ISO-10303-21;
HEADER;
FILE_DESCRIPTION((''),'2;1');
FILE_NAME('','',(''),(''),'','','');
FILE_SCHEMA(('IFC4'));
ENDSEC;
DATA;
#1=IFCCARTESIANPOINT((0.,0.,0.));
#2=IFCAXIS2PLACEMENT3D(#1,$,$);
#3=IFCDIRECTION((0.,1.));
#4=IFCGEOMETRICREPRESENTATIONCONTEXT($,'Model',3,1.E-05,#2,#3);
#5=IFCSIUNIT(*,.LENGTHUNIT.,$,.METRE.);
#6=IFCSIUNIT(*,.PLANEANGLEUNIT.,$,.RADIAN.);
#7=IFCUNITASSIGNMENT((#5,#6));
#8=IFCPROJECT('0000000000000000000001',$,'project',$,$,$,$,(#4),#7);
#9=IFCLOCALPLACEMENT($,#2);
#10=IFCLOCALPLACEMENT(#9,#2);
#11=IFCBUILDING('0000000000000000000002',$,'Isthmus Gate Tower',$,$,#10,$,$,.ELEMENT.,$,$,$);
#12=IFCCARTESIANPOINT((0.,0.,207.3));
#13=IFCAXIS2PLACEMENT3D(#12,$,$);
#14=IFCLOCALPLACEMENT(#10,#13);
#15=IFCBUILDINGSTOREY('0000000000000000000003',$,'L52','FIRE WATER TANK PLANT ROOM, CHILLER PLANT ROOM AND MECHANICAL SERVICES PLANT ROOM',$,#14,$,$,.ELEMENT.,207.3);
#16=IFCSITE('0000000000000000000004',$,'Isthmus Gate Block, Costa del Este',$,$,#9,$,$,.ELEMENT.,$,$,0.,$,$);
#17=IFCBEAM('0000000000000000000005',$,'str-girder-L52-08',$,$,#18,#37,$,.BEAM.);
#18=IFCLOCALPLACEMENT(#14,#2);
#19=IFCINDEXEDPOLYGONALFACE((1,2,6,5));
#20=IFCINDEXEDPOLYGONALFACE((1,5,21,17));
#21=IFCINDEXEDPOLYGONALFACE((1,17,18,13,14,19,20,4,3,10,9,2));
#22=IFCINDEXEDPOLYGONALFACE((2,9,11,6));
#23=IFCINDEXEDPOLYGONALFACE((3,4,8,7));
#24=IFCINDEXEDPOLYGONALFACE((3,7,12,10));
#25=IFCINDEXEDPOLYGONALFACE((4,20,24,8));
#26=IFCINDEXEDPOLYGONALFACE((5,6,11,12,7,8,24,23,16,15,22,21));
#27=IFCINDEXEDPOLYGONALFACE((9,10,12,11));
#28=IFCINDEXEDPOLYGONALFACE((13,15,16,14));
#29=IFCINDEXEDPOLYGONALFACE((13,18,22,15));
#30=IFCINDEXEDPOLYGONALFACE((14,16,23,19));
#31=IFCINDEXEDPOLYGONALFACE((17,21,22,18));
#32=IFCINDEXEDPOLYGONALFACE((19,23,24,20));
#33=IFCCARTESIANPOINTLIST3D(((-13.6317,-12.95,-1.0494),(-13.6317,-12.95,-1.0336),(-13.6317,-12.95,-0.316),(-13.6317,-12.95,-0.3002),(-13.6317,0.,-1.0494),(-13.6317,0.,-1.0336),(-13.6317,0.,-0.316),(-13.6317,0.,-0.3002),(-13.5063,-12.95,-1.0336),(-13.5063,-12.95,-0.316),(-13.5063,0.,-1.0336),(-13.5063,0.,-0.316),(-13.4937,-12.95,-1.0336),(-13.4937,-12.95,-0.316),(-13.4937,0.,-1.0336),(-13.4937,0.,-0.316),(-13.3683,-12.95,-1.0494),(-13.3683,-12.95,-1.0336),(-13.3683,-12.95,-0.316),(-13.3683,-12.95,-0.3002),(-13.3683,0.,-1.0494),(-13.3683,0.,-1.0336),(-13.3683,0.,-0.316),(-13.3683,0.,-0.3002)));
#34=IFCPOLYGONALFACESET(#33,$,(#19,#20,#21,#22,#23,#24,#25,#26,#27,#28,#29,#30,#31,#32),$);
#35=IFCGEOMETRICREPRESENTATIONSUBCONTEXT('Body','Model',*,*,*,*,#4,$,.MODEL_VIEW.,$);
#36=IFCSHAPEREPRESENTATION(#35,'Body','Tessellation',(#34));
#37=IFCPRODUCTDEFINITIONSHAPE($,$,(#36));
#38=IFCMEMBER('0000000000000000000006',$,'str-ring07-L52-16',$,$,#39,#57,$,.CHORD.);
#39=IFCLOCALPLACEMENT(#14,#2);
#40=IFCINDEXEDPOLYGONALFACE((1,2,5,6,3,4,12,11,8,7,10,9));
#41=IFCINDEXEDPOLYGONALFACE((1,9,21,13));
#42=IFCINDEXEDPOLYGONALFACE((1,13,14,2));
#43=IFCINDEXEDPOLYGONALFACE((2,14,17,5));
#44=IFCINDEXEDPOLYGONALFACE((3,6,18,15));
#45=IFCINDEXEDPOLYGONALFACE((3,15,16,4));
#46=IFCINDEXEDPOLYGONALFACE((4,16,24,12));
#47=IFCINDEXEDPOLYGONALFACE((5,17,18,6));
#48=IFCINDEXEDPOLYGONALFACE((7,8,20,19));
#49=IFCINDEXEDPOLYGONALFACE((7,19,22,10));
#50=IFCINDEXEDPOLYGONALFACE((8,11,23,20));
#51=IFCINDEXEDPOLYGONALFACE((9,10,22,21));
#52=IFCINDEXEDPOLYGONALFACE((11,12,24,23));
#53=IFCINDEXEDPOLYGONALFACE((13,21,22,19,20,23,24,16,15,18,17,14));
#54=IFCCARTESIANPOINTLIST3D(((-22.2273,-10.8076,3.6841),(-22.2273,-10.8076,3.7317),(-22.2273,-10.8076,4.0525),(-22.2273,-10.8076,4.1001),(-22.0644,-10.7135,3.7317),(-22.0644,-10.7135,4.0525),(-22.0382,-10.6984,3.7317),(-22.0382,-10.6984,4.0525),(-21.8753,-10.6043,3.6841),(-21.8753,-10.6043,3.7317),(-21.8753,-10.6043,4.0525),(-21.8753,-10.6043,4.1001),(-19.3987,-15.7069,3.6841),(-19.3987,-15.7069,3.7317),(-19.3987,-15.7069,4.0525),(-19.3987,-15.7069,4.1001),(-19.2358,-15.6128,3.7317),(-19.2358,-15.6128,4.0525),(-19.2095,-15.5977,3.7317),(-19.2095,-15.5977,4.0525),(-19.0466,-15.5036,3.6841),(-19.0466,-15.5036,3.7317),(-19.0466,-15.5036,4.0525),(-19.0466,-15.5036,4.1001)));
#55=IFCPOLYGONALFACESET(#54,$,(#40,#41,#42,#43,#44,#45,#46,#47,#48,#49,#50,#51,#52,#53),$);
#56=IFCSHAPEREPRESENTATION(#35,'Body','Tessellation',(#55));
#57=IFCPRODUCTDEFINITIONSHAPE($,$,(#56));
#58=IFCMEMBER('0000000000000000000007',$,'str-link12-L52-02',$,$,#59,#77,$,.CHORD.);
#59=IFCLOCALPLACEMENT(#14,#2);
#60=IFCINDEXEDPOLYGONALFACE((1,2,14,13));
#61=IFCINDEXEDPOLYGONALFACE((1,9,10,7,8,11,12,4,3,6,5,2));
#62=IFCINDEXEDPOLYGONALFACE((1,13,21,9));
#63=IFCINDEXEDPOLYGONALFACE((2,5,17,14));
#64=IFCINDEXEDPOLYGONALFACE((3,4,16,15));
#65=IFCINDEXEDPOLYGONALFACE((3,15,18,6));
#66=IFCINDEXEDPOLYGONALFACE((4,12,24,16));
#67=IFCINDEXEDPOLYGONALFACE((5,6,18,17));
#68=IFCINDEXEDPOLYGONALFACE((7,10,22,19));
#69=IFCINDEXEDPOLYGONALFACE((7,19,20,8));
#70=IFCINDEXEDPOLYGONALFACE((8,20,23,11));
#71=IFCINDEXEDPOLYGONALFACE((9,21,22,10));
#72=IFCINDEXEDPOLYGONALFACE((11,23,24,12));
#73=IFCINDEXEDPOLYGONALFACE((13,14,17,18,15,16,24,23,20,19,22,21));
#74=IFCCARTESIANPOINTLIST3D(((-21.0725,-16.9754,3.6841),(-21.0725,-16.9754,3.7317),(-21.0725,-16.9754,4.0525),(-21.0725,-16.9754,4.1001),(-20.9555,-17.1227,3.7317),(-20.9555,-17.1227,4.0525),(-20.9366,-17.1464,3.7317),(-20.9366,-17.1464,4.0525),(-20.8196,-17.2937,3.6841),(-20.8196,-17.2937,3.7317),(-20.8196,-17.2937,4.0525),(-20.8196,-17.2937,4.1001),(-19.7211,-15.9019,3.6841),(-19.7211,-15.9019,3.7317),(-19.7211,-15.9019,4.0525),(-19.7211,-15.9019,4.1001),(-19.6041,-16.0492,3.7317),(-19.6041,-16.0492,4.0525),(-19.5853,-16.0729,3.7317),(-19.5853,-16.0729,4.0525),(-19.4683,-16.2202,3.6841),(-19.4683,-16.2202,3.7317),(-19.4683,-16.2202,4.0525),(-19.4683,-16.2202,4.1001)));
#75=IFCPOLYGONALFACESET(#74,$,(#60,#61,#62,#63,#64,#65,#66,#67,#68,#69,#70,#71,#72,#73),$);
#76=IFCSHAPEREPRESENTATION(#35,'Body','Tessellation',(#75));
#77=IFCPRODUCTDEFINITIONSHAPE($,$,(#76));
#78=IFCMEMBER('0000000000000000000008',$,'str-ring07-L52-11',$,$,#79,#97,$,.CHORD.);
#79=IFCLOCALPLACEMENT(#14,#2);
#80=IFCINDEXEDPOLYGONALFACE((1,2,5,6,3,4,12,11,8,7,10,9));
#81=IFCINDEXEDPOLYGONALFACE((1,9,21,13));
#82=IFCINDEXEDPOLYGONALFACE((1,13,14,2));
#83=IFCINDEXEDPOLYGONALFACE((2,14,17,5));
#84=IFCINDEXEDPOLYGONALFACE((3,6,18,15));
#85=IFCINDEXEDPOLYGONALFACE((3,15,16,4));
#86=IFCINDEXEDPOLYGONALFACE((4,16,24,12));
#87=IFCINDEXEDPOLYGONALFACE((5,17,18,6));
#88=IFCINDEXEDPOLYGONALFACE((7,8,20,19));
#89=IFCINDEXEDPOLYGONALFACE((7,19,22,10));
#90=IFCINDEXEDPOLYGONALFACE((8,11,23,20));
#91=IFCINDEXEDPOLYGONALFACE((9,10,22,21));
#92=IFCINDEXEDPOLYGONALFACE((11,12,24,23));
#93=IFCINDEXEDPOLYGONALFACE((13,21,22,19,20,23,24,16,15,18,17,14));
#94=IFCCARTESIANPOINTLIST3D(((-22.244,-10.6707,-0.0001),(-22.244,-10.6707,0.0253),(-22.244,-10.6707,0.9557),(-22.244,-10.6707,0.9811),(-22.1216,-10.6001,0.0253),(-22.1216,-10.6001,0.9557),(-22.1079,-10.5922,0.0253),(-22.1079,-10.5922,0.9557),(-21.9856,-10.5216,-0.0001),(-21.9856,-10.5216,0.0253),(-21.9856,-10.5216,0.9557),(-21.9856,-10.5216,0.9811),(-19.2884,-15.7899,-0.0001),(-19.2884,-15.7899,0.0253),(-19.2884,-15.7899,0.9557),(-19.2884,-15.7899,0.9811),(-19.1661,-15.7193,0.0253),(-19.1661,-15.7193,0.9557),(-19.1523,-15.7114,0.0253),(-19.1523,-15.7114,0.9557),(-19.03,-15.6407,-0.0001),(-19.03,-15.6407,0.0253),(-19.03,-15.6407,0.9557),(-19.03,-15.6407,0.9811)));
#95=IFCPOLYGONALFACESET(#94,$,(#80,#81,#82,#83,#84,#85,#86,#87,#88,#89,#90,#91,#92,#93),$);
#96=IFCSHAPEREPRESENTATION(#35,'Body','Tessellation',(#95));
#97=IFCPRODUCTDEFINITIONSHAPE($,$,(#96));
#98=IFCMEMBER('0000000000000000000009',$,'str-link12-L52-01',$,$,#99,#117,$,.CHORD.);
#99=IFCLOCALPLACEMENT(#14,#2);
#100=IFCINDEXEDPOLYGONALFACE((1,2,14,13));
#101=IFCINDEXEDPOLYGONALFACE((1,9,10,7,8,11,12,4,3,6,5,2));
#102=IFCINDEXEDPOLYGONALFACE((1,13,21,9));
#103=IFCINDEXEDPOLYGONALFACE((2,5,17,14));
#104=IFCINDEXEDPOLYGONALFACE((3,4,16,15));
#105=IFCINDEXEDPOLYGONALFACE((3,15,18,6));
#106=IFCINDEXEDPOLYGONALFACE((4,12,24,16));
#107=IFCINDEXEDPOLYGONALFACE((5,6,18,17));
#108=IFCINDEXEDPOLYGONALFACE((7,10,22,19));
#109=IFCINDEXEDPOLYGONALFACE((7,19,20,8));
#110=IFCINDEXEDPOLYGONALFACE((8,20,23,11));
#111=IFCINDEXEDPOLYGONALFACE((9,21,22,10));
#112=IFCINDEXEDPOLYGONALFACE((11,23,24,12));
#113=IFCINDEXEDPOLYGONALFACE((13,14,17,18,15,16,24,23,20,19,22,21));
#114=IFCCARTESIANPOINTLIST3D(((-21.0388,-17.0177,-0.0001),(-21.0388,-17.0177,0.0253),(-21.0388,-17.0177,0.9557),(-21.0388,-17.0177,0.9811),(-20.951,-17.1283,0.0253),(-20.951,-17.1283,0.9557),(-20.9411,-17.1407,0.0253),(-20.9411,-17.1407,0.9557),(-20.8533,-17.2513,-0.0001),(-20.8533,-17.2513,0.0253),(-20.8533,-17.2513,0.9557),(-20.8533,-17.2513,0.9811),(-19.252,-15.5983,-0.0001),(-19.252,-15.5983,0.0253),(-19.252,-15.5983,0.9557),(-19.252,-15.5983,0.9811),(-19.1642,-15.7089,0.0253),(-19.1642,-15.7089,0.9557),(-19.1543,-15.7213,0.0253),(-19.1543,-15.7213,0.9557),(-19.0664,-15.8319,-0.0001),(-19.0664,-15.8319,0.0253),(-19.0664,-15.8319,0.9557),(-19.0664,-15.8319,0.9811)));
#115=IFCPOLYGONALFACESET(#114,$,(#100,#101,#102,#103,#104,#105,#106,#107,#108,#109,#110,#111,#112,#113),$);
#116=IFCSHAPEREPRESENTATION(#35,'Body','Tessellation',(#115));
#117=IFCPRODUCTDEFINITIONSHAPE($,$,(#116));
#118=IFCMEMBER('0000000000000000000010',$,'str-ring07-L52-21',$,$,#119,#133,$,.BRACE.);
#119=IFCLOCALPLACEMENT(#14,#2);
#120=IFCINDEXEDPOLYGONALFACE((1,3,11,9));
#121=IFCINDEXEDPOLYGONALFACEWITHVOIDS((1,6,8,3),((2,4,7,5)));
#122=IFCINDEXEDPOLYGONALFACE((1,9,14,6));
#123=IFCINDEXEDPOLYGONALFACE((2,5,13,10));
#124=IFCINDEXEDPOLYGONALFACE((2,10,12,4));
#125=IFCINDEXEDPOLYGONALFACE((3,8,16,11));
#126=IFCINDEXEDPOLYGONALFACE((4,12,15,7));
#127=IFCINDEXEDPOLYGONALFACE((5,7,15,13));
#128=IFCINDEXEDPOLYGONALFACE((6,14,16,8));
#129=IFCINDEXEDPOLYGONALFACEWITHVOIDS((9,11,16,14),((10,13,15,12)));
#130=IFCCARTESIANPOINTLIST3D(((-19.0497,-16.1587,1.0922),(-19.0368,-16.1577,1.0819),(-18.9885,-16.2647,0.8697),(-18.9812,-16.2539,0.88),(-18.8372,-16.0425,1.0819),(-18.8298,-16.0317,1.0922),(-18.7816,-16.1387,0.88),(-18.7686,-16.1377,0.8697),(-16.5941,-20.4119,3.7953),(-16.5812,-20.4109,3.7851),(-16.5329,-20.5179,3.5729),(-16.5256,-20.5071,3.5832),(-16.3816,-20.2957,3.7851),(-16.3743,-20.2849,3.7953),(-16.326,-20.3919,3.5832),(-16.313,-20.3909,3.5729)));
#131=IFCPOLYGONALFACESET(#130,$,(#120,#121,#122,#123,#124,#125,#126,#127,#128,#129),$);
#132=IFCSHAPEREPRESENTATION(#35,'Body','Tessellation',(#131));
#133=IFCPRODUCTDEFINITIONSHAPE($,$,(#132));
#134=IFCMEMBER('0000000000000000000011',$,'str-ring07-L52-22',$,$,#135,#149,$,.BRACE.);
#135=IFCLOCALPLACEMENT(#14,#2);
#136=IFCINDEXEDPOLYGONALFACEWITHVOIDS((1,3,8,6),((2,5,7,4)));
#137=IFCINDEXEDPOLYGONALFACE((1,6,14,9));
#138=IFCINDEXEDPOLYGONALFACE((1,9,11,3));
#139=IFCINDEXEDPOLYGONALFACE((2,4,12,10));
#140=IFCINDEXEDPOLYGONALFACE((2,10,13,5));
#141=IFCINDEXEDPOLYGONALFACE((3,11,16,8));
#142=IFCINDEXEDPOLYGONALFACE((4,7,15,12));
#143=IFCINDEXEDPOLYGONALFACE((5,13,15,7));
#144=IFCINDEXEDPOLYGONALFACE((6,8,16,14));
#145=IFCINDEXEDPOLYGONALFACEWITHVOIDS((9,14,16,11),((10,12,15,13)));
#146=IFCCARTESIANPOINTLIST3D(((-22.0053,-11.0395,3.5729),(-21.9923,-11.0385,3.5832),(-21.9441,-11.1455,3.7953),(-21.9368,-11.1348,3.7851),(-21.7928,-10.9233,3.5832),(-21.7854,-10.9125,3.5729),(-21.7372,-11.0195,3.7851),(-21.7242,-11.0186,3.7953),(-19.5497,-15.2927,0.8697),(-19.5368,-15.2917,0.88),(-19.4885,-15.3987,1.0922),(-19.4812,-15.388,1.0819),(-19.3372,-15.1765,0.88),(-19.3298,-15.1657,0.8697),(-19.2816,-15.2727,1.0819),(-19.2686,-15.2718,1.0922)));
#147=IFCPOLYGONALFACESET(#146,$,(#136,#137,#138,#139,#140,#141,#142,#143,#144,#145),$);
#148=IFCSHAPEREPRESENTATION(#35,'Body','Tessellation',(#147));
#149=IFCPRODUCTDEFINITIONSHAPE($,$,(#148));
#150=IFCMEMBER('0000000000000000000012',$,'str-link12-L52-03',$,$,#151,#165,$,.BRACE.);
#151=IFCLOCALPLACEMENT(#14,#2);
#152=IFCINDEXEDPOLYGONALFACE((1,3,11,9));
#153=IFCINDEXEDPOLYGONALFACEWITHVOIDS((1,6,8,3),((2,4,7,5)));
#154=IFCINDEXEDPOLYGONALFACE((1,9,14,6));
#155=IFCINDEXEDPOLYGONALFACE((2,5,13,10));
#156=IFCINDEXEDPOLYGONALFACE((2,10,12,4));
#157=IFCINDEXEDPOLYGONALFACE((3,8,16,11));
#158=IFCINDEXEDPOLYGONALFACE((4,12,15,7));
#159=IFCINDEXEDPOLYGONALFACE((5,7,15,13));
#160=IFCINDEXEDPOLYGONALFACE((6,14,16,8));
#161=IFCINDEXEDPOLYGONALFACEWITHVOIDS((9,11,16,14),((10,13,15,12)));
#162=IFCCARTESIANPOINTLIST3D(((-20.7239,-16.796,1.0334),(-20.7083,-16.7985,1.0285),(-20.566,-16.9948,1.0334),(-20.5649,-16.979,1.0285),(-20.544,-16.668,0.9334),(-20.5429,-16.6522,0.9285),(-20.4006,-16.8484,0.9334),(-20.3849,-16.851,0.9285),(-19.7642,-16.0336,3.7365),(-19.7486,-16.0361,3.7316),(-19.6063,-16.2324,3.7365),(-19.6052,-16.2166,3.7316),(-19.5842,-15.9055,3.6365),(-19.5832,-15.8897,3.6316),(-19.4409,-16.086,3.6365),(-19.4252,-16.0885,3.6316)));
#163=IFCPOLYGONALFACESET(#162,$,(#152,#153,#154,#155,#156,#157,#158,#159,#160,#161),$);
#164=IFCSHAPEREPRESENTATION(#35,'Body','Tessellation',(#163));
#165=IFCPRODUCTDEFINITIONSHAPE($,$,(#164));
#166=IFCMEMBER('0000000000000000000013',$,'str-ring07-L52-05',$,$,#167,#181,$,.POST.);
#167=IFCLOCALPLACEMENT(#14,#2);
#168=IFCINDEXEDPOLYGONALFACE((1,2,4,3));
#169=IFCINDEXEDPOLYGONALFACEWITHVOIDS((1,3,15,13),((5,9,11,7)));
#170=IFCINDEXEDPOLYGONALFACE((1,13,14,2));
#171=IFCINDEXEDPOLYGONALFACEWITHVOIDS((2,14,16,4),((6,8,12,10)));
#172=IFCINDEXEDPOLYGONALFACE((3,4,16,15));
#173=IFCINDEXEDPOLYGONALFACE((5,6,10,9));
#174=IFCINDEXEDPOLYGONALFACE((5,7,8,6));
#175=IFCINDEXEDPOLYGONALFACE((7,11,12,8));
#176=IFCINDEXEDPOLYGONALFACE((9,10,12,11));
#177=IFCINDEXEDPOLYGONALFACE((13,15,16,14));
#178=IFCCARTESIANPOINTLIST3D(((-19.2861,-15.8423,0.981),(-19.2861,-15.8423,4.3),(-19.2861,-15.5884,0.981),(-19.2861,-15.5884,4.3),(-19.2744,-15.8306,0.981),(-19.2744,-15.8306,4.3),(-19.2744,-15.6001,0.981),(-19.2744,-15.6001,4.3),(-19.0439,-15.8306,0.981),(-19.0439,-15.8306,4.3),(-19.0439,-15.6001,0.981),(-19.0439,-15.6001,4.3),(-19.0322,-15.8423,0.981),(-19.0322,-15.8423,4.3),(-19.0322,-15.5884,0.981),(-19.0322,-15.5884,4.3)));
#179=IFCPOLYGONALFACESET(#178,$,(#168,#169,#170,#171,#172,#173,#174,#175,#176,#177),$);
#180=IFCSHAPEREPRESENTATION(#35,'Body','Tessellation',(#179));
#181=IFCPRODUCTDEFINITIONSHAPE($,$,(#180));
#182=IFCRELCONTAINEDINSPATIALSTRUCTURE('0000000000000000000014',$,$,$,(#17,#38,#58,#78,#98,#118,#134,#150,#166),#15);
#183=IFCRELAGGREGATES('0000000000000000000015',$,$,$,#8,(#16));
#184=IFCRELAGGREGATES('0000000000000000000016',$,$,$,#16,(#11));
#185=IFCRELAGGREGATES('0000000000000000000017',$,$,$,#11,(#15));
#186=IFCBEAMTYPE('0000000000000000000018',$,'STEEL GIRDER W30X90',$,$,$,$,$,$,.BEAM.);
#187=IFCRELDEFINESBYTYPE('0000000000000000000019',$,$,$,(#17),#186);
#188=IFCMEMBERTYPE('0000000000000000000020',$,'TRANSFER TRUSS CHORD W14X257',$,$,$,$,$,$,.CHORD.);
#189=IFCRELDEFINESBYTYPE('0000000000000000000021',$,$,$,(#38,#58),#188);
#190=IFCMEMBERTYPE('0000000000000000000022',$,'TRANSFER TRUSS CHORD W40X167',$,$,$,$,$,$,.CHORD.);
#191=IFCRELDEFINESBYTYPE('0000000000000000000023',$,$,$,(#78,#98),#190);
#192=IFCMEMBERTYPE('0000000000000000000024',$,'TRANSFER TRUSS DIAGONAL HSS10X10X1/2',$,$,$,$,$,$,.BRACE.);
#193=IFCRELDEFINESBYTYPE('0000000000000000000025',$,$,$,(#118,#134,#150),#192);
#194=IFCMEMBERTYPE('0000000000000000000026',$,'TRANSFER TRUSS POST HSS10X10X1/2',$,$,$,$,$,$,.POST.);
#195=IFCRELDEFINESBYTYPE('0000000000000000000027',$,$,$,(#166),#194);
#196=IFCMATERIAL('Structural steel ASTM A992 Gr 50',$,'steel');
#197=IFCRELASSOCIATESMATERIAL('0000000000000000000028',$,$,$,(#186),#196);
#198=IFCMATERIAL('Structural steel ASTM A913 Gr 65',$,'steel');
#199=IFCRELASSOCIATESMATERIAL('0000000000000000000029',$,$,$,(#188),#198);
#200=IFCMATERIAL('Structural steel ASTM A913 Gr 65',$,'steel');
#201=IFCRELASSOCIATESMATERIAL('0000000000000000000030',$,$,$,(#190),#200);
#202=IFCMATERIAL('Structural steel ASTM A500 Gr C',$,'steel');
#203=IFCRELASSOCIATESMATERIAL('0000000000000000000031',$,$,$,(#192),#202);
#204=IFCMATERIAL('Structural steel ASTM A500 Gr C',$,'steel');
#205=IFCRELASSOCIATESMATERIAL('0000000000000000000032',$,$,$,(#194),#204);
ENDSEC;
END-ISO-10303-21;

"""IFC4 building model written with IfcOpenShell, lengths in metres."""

from ifc_helpers import new_model, si_unit, direction, frame, origin, origin_2d, place, context, subcontext, project, spatial, hollow_rectangle, i_section, extrude, material, material_profile, profile_set, type_object, element, save


model = new_model("IFC4")

# Units and contexts
model_context = context("Model", 3, precision=1e-05, world=origin(), true_north=direction((0.0, 1.0)))
body_context = subcontext(model_context, "Body", "Model", "MODEL_VIEW")
ifc_project = project(units=[si_unit("LENGTHUNIT", "METRE"), si_unit("PLANEANGLEUNIT", "RADIAN")], contexts=[model_context])

# Site, building, storey
site_placement = place(None, origin())
site = spatial("IfcSite", under=ifc_project, at=site_placement, Name="Isthmus Gate Block, Costa del Este", CompositionType="ELEMENT", RefElevation=0.0)
building_placement = place(site_placement, origin())
building = spatial("IfcBuilding", under=site, at=building_placement, Name="Isthmus Gate Tower", CompositionType="ELEMENT")
storey_placement = place(building_placement, frame((0.0, 0.0, 207.3)))
storey = spatial("IfcBuildingStorey", under=building, at=storey_placement, Name="L52", Description="FIRE WATER TANK PLANT ROOM, CHILLER PLANT ROOM AND MECHANICAL SERVICES PLANT ROOM", CompositionType="ELEMENT", Elevation=207.3)

# Beam
ifc_material_1 = material(Name="Structural steel ASTM A992 Gr 50", Category="steel")
ifc_material_profile_1 = material_profile(ifc_material_1, i_section(OverallWidth=0.2634, OverallDepth=0.7493, WebThickness=0.0127, FlangeThickness=0.0159, at=origin_2d()), Name="W30X90")
ifc_profile_set_1 = profile_set([ifc_material_profile_1], Name="Structural steel ASTM A992 Gr 50")
beam_type_1 = type_object("IfcBeamType", Name="STEEL GIRDER W30X90", PredefinedType="BEAM", material=ifc_profile_set_1)
beam_1_placement = place(storey_placement, frame((-13.5, -12.95, -0.6748), z_axis=(0.0, 1.0, 0.0), x_axis=(-1.0, 0.0, 0.0)))
element("IfcBeam", 1, at=beam_1_placement, inside=storey, type_object=beam_type_1, Name="str-girder-L52-08", PredefinedType="BEAM", context=body_context, shape_type="SweptSolid", body=[
    extrude(i_section(OverallWidth=0.2634, OverallDepth=0.7493, WebThickness=0.0127, FlangeThickness=0.0159, at=origin_2d()), origin(), (0.0, 0.0, 1.0), 12.95),
])

# Members
ifc_material_2 = material(Name="Structural steel ASTM A913 Gr 65", Category="steel")
ifc_material_profile_2 = material_profile(ifc_material_2, i_section(OverallWidth=0.4065, OverallDepth=0.416, WebThickness=0.0303, FlangeThickness=0.0476, at=origin_2d()), Name="W14X257")
ifc_profile_set_2 = profile_set([ifc_material_profile_2], Name="Structural steel ASTM A913 Gr 65")
member_type_1 = type_object("IfcMemberType", Name="TRANSFER TRUSS CHORD W14X257", PredefinedType="CHORD", material=ifc_profile_set_2)
member_1_placement = place(storey_placement, frame((-19.2227, -15.6052, 3.8921), z_axis=(-0.50001, 0.86602, 0.0), x_axis=(-0.86602, -0.50001, 0.0)))
element("IfcMember", 2, at=member_1_placement, inside=storey, type_object=member_type_1, Name="str-ring07-L52-16", PredefinedType="CHORD", context=body_context, shape_type="SweptSolid", body=[
    extrude(i_section(OverallWidth=0.4065, OverallDepth=0.416, WebThickness=0.0303, FlangeThickness=0.0476, at=origin_2d()), origin(), (0.0, 0.0, 1.0), 5.6572),
])
member_2_placement = place(storey_placement, frame((-20.946, -17.1345, 3.8921), z_axis=(0.783003, 0.622017, 0.0), x_axis=(-0.622017, 0.783003, 0.0)))
element("IfcMember", 3, at=member_2_placement, inside=storey, type_object=member_type_1, Name="str-link12-L52-02", PredefinedType="CHORD", context=body_context, shape_type="SweptSolid", body=[
    extrude(i_section(OverallWidth=0.4065, OverallDepth=0.416, WebThickness=0.0303, FlangeThickness=0.0476, at=origin_2d()), origin(), (0.0, 0.0, 1.0), 1.7258),
])
ifc_material_3 = material(Name="Structural steel ASTM A913 Gr 65", Category="steel")
ifc_material_profile_3 = material_profile(ifc_material_3, i_section(OverallWidth=0.2983, OverallDepth=0.9812, WebThickness=0.0159, FlangeThickness=0.0254, at=origin_2d()), Name="W40X167")
ifc_profile_set_3 = profile_set([ifc_material_profile_3], Name="Structural steel ASTM A913 Gr 65")
member_type_2 = type_object("IfcMemberType", Name="TRANSFER TRUSS CHORD W40X167", PredefinedType="CHORD", material=ifc_profile_set_3)
member_3_placement = place(storey_placement, frame((-19.1592, -15.7153, 0.4905), z_axis=(-0.500004, 0.866023, 0.0), x_axis=(-0.866023, -0.500004, 0.0)))
element("IfcMember", 4, at=member_3_placement, inside=storey, type_object=member_type_2, Name="str-ring07-L52-11", PredefinedType="CHORD", context=body_context, shape_type="SweptSolid", body=[
    extrude(i_section(OverallWidth=0.2983, OverallDepth=0.9812, WebThickness=0.0159, FlangeThickness=0.0254, at=origin_2d()), origin(), (0.0, 0.0, 1.0), 5.9111),
])
member_4_placement = place(storey_placement, frame((-20.946, -17.1345, 0.4905), z_axis=(0.783014, 0.622004, 0.0), x_axis=(-0.622004, 0.783014, 0.0)))
element("IfcMember", 5, at=member_4_placement, inside=storey, type_object=member_type_2, Name="str-link12-L52-01", PredefinedType="CHORD", context=body_context, shape_type="SweptSolid", body=[
    extrude(i_section(OverallWidth=0.2983, OverallDepth=0.9812, WebThickness=0.0159, FlangeThickness=0.0254, at=origin_2d()), origin(), (0.0, 0.0, 1.0), 2.282),
])
ifc_material_4 = material(Name="Structural steel ASTM A500 Gr C", Category="steel")
ifc_material_profile_4 = material_profile(ifc_material_4, hollow_rectangle(XDim=0.2539, YDim=0.2539, WallThickness=0.0117, at=origin_2d()), Name="HSS10X10X1/2")
ifc_profile_set_4 = profile_set([ifc_material_profile_4], Name="Structural steel ASTM A500 Gr C")
member_type_3 = type_object("IfcMemberType", Name="TRANSFER TRUSS DIAGONAL HSS10X10X1/2", PredefinedType="BRACE", material=ifc_profile_set_4)
for number, where, z_axis, x_axis, name in (
    (6, (-18.9092, -16.1482, 0.981), (0.438032, -0.758695, 0.482192), (0.866026, 0.499999, 0.0), "str-ring07-L52-21"),
    (7, (-19.4092, -15.2822, 0.981), (-0.438032, 0.758695, 0.482192), (-0.866026, -0.499999, 0.0), "str-ring07-L52-22"),
):
    element("IfcMember", number, at=place(storey_placement, frame(where, z_axis=z_axis, x_axis=x_axis)), inside=storey, type_object=member_type_3, Name=name, PredefinedType="BRACE", context=body_context, shape_type="SweptSolid", body=[
        extrude(hollow_rectangle(XDim=0.2539, YDim=0.2539, WallThickness=0.0117, at=origin_2d()), origin(), (0.0, 0.0, 1.0), 5.606),
    ])
member_5_placement = place(storey_placement, frame((-20.5544, -16.8235, 0.981), z_axis=(0.32335, 0.256887, 0.910744), x_axis=(-0.622044, 0.782982, 0.0)))
element("IfcMember", 8, at=member_5_placement, inside=storey, type_object=member_type_3, Name="str-link12-L52-03", PredefinedType="BRACE", context=body_context, shape_type="SweptSolid", body=[
    extrude(hollow_rectangle(XDim=0.2539, YDim=0.2539, WallThickness=0.0117, at=origin_2d()), origin(), (0.0, 0.0, 1.0), 2.968),
])
ifc_material_5 = material(Name="Structural steel ASTM A500 Gr C", Category="steel")
ifc_material_profile_5 = material_profile(ifc_material_5, hollow_rectangle(XDim=0.2539, YDim=0.2539, WallThickness=0.0117, at=origin_2d()), Name="HSS10X10X1/2")
ifc_profile_set_5 = profile_set([ifc_material_profile_5], Name="Structural steel ASTM A500 Gr C")
member_type_4 = type_object("IfcMemberType", Name="TRANSFER TRUSS POST HSS10X10X1/2", PredefinedType="POST", material=ifc_profile_set_5)
member_6_placement = place(storey_placement, frame((-19.1592, -15.7153, 0.981), z_axis=(0.0, 0.0, 1.0), x_axis=(1.0, 0.0, 0.0)))
element("IfcMember", 9, at=member_6_placement, inside=storey, type_object=member_type_4, Name="str-ring07-L52-05", PredefinedType="POST", context=body_context, shape_type="SweptSolid", body=[
    extrude(hollow_rectangle(XDim=0.2539, YDim=0.2539, WallThickness=0.0117, at=origin_2d()), origin(), (0.0, 0.0, 1.0), 3.3191),
])

save(model, "model.ifc")
